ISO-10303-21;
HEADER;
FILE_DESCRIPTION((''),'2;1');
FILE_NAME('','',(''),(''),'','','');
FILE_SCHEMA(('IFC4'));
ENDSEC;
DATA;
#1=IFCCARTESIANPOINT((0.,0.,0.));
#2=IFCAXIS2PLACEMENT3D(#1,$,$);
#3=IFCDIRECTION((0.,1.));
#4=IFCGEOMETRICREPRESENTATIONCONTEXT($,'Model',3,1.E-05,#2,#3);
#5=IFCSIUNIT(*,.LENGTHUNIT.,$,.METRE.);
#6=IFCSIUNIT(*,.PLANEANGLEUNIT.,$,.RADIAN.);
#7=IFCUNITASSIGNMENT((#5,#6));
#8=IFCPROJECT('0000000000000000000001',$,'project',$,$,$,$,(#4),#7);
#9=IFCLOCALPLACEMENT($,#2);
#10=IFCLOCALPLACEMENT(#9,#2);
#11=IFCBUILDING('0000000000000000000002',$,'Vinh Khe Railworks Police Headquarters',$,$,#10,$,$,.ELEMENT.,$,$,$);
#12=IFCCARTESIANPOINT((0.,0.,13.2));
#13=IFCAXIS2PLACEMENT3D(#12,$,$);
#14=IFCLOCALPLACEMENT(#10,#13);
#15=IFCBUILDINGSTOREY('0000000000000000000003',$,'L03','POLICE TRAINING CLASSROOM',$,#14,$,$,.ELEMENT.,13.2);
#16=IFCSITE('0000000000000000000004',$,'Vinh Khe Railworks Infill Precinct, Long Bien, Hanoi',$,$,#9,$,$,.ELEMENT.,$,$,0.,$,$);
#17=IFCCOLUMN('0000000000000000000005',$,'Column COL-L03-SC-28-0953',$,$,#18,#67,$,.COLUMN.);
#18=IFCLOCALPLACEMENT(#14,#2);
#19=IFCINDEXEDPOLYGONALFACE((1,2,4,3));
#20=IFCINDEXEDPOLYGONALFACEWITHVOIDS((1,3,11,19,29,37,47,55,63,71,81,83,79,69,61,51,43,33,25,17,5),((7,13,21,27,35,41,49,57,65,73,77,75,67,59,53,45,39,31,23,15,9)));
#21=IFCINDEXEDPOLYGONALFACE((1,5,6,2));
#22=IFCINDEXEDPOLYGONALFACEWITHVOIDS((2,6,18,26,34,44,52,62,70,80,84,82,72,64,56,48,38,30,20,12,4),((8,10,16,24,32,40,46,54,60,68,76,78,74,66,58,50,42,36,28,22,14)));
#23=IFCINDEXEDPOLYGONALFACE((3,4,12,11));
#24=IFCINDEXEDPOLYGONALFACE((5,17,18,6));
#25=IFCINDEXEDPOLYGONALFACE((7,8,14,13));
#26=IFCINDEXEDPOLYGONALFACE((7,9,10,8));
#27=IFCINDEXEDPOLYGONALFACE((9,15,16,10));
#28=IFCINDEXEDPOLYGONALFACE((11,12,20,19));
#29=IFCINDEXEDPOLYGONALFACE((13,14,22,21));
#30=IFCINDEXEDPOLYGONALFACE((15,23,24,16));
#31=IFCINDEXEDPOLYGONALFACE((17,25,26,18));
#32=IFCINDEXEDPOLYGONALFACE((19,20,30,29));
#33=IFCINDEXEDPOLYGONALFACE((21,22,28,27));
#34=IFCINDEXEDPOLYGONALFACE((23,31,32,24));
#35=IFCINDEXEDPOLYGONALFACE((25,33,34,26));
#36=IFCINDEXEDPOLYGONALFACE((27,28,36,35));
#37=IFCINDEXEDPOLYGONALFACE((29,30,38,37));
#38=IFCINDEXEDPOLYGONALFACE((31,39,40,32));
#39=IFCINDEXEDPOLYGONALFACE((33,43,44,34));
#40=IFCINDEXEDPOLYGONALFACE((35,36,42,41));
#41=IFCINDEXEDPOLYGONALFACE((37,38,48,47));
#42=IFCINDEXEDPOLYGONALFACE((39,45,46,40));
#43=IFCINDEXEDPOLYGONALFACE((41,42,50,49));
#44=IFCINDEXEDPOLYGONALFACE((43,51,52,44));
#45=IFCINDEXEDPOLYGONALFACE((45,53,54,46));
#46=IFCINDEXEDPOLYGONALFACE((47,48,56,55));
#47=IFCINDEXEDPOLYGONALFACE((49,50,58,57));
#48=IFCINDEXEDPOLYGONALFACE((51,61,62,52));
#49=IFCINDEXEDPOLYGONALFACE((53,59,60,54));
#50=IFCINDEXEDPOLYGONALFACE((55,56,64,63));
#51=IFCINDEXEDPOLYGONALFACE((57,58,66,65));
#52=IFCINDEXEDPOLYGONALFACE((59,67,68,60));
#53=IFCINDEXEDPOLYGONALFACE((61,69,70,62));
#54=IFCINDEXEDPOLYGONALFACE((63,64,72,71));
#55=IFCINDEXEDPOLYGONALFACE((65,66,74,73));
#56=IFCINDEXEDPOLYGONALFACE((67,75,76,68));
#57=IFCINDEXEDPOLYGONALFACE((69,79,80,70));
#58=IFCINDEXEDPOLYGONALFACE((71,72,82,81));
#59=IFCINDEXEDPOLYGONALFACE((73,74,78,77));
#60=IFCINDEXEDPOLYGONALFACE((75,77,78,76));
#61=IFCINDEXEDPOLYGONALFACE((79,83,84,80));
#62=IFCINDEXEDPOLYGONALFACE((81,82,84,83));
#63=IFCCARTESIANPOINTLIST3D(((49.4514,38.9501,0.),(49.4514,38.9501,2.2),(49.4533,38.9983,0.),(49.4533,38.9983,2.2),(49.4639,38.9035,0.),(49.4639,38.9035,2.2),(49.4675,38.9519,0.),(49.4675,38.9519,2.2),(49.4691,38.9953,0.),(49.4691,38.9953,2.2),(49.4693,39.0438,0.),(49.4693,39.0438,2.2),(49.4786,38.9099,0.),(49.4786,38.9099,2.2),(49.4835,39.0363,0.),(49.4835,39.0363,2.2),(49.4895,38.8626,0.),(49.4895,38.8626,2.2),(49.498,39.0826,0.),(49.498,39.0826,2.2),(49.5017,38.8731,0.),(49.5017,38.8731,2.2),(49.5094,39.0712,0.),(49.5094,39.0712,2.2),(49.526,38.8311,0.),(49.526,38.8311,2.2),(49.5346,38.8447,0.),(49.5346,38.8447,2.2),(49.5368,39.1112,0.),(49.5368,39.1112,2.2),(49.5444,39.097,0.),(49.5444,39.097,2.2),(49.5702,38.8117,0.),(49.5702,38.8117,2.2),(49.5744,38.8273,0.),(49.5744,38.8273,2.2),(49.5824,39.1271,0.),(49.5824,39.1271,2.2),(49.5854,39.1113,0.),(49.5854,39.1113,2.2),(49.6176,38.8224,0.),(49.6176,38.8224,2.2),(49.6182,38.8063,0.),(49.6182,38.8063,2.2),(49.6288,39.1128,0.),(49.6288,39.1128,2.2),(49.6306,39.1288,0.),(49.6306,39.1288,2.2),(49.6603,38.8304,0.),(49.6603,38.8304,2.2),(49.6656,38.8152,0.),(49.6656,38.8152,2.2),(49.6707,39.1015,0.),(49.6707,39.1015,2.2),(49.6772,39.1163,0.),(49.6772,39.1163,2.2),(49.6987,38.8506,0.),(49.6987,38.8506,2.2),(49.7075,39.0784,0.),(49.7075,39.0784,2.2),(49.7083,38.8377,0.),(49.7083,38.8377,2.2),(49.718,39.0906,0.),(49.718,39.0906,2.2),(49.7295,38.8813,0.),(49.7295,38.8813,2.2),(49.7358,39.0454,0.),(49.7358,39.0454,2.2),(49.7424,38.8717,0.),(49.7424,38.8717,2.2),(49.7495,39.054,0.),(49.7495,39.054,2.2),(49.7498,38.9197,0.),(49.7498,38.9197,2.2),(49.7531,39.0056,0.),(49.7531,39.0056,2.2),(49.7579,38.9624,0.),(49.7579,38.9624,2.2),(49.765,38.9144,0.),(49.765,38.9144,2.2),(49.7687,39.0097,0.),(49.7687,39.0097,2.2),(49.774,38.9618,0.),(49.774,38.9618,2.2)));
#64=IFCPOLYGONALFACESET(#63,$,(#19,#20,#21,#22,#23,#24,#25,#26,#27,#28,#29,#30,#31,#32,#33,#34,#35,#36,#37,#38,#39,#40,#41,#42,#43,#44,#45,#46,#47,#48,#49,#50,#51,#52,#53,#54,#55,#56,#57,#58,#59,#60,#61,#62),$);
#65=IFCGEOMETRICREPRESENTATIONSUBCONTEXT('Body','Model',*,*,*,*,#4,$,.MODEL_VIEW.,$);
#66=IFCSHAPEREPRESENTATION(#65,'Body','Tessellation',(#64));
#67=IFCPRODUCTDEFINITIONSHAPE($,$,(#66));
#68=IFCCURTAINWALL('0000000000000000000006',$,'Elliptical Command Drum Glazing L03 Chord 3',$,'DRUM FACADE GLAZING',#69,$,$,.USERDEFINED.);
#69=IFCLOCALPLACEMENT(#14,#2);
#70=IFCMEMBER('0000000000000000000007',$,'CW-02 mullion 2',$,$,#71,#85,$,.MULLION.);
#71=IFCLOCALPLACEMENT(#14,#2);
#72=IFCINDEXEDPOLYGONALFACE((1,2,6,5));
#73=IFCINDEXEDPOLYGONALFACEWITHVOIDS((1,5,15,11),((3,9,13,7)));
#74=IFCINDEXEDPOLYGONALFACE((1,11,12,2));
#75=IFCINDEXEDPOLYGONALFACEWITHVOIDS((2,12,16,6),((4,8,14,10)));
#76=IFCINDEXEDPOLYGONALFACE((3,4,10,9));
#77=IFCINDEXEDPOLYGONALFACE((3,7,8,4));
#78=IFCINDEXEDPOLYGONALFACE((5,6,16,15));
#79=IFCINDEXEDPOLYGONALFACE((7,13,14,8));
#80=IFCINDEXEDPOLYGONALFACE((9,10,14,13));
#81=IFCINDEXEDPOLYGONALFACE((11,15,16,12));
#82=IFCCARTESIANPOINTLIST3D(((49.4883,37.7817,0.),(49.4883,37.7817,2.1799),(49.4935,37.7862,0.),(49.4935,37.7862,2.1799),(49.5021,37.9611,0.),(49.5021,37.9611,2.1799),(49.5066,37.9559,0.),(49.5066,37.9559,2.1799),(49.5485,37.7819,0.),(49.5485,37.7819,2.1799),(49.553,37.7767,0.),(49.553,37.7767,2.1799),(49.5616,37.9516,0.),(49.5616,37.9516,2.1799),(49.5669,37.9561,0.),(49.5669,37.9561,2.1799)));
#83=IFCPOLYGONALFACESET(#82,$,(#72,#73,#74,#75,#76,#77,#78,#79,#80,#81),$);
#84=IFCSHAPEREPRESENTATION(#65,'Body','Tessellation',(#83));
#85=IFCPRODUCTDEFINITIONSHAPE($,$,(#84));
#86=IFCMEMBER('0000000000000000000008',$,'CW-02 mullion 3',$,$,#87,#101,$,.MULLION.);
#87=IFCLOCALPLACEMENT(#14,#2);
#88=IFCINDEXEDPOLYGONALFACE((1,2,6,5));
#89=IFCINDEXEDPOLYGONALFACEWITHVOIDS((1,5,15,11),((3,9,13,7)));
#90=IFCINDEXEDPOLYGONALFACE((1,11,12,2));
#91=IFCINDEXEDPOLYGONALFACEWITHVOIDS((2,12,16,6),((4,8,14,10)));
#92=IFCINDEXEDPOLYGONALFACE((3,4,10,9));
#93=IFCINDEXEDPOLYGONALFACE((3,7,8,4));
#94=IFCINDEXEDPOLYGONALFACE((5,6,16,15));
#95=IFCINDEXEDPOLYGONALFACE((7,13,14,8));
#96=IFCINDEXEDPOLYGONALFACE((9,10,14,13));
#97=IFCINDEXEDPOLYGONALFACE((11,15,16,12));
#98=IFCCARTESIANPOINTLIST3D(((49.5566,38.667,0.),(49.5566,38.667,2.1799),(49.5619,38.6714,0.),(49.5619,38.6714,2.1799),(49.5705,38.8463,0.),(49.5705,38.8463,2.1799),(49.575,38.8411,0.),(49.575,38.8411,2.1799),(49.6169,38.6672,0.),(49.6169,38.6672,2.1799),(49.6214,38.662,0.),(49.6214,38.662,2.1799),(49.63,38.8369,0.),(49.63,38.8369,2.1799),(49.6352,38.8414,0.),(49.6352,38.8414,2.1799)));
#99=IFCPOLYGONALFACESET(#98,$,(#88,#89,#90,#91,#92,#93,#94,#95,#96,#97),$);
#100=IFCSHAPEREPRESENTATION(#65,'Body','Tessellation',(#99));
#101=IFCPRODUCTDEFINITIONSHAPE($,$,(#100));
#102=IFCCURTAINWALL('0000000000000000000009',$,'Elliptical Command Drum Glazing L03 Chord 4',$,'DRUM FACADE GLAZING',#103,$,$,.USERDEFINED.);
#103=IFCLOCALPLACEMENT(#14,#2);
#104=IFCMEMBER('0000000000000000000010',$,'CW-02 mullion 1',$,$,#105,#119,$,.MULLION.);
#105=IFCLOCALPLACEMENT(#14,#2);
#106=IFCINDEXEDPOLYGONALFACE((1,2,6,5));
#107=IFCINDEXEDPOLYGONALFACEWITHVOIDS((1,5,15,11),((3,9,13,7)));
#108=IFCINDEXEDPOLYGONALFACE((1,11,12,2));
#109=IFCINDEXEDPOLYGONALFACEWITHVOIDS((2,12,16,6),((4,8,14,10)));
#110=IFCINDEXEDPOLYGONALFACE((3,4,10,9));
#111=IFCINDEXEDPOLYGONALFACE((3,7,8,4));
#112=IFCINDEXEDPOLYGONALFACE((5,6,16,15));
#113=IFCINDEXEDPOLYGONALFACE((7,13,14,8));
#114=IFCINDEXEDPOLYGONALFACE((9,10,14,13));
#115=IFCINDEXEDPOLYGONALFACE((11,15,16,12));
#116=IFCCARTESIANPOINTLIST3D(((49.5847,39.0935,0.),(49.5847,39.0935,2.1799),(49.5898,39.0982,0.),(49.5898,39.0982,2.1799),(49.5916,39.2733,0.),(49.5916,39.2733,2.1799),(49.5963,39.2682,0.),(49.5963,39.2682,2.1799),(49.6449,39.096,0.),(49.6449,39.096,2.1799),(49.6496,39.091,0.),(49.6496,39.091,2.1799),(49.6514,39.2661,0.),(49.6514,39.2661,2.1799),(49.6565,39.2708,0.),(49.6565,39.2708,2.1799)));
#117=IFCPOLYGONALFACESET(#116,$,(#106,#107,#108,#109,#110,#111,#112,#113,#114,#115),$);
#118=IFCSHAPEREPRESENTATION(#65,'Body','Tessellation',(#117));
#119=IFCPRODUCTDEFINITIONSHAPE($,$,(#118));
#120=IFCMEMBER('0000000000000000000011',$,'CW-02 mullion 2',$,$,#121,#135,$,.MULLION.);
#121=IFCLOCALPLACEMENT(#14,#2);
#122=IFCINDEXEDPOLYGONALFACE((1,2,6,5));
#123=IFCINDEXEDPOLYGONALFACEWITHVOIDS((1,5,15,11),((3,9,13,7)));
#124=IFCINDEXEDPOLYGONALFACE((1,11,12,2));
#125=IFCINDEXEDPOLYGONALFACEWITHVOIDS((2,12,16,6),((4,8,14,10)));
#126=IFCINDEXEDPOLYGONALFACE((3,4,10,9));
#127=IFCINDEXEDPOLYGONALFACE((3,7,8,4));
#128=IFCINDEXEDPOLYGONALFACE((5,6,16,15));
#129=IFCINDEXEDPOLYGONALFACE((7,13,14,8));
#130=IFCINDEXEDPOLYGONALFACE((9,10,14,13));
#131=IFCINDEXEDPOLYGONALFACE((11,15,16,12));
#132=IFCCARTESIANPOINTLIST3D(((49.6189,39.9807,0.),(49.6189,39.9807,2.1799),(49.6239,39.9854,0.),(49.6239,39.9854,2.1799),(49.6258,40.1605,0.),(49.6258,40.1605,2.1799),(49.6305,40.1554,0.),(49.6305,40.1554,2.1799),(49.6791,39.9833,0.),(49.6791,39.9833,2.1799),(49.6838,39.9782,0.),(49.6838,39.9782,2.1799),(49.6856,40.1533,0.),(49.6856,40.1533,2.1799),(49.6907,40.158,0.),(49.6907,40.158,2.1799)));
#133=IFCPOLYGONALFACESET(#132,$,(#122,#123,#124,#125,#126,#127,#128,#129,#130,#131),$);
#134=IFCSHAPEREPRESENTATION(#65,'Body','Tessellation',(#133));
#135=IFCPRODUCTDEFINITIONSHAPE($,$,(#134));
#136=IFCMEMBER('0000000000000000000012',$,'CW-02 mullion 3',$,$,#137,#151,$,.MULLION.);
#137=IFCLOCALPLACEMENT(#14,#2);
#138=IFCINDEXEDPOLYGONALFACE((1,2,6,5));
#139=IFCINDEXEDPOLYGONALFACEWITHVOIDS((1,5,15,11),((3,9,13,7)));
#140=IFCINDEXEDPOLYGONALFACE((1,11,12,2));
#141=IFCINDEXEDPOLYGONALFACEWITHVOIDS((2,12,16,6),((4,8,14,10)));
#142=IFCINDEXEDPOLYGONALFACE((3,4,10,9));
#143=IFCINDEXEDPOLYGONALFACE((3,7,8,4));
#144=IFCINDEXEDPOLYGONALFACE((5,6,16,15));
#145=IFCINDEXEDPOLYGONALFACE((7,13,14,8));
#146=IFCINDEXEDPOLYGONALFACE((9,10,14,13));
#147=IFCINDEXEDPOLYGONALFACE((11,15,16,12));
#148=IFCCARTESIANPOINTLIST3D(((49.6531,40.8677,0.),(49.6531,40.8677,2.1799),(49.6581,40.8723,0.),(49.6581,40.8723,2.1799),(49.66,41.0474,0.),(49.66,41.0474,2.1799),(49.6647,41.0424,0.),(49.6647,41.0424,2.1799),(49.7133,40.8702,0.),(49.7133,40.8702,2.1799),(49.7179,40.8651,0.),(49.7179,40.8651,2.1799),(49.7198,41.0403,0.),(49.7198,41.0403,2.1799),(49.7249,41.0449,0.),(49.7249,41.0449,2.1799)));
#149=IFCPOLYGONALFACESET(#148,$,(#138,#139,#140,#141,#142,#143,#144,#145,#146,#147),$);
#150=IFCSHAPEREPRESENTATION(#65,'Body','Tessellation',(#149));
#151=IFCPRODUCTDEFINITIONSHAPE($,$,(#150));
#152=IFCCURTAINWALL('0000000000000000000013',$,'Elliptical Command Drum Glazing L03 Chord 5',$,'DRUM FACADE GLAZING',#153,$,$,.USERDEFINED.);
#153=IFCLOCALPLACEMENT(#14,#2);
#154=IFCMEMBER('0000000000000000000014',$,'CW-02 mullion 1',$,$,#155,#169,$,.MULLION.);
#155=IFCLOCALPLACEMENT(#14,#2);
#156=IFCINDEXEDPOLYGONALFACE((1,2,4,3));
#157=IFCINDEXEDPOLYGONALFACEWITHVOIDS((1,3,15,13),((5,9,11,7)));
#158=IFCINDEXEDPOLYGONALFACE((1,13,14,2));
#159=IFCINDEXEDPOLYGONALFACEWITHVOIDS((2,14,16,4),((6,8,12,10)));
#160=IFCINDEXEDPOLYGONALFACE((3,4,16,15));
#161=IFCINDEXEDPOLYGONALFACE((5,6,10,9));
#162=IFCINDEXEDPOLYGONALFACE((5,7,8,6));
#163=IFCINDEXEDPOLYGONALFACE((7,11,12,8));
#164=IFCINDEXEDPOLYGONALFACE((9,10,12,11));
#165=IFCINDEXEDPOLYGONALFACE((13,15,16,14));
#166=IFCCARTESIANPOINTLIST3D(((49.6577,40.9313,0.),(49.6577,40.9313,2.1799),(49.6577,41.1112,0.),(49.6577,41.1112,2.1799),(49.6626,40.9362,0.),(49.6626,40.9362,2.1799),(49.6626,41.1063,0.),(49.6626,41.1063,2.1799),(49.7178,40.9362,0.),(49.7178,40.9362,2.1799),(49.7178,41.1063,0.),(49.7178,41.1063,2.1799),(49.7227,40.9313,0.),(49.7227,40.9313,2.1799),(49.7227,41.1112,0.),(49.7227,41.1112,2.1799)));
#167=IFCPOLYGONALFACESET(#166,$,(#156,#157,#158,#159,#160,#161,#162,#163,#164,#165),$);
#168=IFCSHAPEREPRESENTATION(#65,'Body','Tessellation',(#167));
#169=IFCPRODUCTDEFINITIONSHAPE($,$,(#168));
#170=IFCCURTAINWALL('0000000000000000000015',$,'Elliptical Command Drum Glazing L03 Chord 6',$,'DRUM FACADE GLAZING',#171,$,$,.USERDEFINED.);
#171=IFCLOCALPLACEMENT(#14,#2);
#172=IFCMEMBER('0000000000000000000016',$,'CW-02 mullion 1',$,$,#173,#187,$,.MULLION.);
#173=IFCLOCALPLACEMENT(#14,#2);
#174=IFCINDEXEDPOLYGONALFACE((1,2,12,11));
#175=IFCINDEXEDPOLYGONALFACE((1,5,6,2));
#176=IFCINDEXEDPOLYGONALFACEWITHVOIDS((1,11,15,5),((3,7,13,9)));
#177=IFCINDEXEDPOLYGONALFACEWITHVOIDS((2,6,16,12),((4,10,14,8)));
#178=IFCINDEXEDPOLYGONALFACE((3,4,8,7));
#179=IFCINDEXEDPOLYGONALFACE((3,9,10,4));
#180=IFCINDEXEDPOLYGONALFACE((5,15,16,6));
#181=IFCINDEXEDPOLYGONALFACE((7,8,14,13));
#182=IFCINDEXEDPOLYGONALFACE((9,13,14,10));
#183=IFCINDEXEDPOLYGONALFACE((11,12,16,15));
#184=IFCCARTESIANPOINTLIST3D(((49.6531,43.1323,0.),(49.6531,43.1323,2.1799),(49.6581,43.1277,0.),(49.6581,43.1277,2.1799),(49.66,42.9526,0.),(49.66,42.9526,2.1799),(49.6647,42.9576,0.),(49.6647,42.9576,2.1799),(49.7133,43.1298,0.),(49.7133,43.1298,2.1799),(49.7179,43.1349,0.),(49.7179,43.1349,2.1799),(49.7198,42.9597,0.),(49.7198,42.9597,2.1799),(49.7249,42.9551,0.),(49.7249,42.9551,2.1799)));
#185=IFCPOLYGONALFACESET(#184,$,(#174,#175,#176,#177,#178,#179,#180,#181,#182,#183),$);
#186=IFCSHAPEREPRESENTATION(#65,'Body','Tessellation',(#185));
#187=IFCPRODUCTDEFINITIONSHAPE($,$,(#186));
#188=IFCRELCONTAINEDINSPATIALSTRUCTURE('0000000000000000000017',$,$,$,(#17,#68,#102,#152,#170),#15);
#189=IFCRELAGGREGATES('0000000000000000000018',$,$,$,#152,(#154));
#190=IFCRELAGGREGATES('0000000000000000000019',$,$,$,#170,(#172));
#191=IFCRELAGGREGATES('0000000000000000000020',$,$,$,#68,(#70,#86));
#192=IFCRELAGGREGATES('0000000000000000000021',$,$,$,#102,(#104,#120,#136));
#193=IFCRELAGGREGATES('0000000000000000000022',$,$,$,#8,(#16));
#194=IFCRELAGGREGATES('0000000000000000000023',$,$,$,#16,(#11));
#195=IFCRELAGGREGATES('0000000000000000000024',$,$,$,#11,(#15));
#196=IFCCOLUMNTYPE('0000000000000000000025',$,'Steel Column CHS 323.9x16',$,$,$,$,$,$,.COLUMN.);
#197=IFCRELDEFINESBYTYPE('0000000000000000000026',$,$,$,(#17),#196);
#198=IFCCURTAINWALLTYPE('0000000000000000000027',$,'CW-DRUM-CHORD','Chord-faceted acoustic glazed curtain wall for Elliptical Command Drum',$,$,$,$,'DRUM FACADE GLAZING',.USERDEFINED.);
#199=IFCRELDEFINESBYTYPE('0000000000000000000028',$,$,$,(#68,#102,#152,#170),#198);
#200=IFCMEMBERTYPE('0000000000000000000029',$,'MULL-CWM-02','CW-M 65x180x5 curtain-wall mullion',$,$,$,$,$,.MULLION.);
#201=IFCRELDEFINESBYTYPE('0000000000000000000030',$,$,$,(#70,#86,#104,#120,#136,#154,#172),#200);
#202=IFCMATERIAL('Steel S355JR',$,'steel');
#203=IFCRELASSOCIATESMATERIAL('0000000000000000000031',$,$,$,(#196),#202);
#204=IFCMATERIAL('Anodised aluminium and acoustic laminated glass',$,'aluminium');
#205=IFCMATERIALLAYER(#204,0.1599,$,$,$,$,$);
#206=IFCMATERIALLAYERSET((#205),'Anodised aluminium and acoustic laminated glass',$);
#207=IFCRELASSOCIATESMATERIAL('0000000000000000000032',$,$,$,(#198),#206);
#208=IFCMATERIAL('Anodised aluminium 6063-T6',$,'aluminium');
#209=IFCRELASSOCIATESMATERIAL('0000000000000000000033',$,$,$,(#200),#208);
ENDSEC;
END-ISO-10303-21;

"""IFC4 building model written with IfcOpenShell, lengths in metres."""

from ifc_helpers import new_model, si_unit, direction, frame, origin, origin_2d, place, context, subcontext, project, spatial, hollow_rectangle, hollow_circle, extrude, material, layer, layer_set, material_profile, profile_set, type_object, element, aggregate, save


model = new_model("IFC4")

# Units and contexts
model_context = context("Model", 3, precision=1e-05, world=origin(), true_north=direction((0.0, 1.0)))
body_context = subcontext(model_context, "Body", "Model", "MODEL_VIEW")
ifc_project = project(units=[si_unit("LENGTHUNIT", "METRE"), si_unit("PLANEANGLEUNIT", "RADIAN")], contexts=[model_context])

# Site, building, storey
site_placement = place(None, origin())
site = spatial("IfcSite", under=ifc_project, at=site_placement, Name="Vinh Khe Railworks Infill Precinct, Long Bien, Hanoi", CompositionType="ELEMENT", RefElevation=0.0)
building_placement = place(site_placement, origin())
building = spatial("IfcBuilding", under=site, at=building_placement, Name="Vinh Khe Railworks Police Headquarters", CompositionType="ELEMENT")
storey_placement = place(building_placement, frame((0.0, 0.0, 13.2)))
storey = spatial("IfcBuildingStorey", under=building, at=storey_placement, Name="L03", Description="POLICE TRAINING CLASSROOM", CompositionType="ELEMENT", Elevation=13.2)

# Column
ifc_material_1 = material(Name="Steel S355JR", Category="steel")
ifc_material_profile_1 = material_profile(ifc_material_1, hollow_circle(Radius=0.1619, WallThickness=0.0161, at=origin_2d()), Name="CHS 323.9x16")
ifc_profile_set_1 = profile_set([ifc_material_profile_1], Name="Steel S355JR")
column_type = type_object("IfcColumnType", Name="Steel Column CHS 323.9x16", PredefinedType="COLUMN", material=ifc_profile_set_1)
column_placement = place(storey_placement, frame((49.6123, 38.968, 0.0), z_axis=(0.0, 0.0, 1.0), x_axis=(0.999256, -0.038562, 0.0)))
element("IfcColumn", 1, at=column_placement, inside=storey, type_object=column_type, Name="Column COL-L03-SC-28-0953", PredefinedType="COLUMN", context=body_context, shape_type="SweptSolid", body=[
    extrude(hollow_circle(Radius=0.1619, WallThickness=0.0161, at=origin_2d()), origin(), (0.0, 0.0, 1.0), 2.2),
])

# Curtain walls, members
ifc_material_2 = material(Name="Anodised aluminium and acoustic laminated glass", Category="aluminium")
ifc_layer_1 = layer(ifc_material_2, 0.1599)
ifc_layer_set_1 = layer_set([ifc_layer_1], Name="Anodised aluminium and acoustic laminated glass")
curtain_wall_type = type_object("IfcCurtainWallType", Name="CW-DRUM-CHORD", Description="Chord-faceted acoustic glazed curtain wall for Elliptical Command Drum", ElementType="DRUM FACADE GLAZING", PredefinedType="USERDEFINED", material=ifc_layer_set_1)
curtain_wall_1_placement = place(storey_placement, origin())
curtain_wall_1 = element("IfcCurtainWall", 2, at=curtain_wall_1_placement, inside=storey, type_object=curtain_wall_type, Name="Elliptical Command Drum Glazing L03 Chord 3", ObjectType="DRUM FACADE GLAZING", PredefinedType="USERDEFINED")
ifc_material_3 = material(Name="Anodised aluminium 6063-T6", Category="aluminium")
ifc_material_profile_2 = material_profile(ifc_material_3, hollow_rectangle(XDim=0.0649, YDim=0.1799, WallThickness=0.0049, at=origin_2d()), Name="CW-M 65x180x5")
ifc_profile_set_2 = profile_set([ifc_material_profile_2], Name="Anodised aluminium 6063-T6")
member_type_1 = type_object("IfcMemberType", Name="MULL-CWM-02", Description="CW-M 65x180x5 curtain-wall mullion", PredefinedType="MULLION", material=ifc_profile_set_2)
member_1_placement = place(storey_placement, frame((49.5276, 37.8689, 0.0), z_axis=(0.0, 0.0, 1.0), x_axis=(-0.997033, 0.076969, 0.0)))
member_1 = element("IfcMember", 3, at=member_1_placement, type_object=member_type_1, Name="CW-02 mullion 2", PredefinedType="MULLION", context=body_context, shape_type="SweptSolid", body=[
    extrude(hollow_rectangle(XDim=0.0649, YDim=0.1799, WallThickness=0.0049, at=origin_2d()), origin(), (0.0, 0.0, 1.0), 2.1799),
])
member_2_placement = place(storey_placement, frame((49.5959, 38.7542, 0.0), z_axis=(0.0, 0.0, 1.0), x_axis=(-0.997033, 0.076969, 0.0)))
member_2 = element("IfcMember", 4, at=member_2_placement, type_object=member_type_1, Name="CW-02 mullion 3", PredefinedType="MULLION", context=body_context, shape_type="SweptSolid", body=[
    extrude(hollow_rectangle(XDim=0.0649, YDim=0.1799, WallThickness=0.0049, at=origin_2d()), origin(), (0.0, 0.0, 1.0), 2.1799),
])
curtain_wall_2_placement = place(storey_placement, origin())
curtain_wall_2 = element("IfcCurtainWall", 5, at=curtain_wall_2_placement, inside=storey, type_object=curtain_wall_type, Name="Elliptical Command Drum Glazing L03 Chord 4", ObjectType="DRUM FACADE GLAZING", PredefinedType="USERDEFINED")
member_3_placement = place(storey_placement, frame((49.6206, 39.1821, 0.0), z_axis=(0.0, 0.0, 1.0), x_axis=(-0.999258, 0.038513, 0.0)))
member_3 = element("IfcMember", 6, at=member_3_placement, type_object=member_type_1, Name="CW-02 mullion 1", PredefinedType="MULLION", context=body_context, shape_type="SweptSolid", body=[
    extrude(hollow_rectangle(XDim=0.0649, YDim=0.1799, WallThickness=0.0049, at=origin_2d()), origin(), (0.0, 0.0, 1.0), 2.1799),
])
member_4_placement = place(storey_placement, frame((49.6548, 40.0693, 0.0), z_axis=(0.0, 0.0, 1.0), x_axis=(-0.999258, 0.038513, 0.0)))
member_4 = element("IfcMember", 7, at=member_4_placement, type_object=member_type_1, Name="CW-02 mullion 2", PredefinedType="MULLION", context=body_context, shape_type="SweptSolid", body=[
    extrude(hollow_rectangle(XDim=0.0649, YDim=0.1799, WallThickness=0.0049, at=origin_2d()), origin(), (0.0, 0.0, 1.0), 2.1799),
])
member_5_placement = place(storey_placement, frame((49.689, 40.9563, 0.0), z_axis=(0.0, 0.0, 1.0), x_axis=(-0.999258, 0.038513, 0.0)))
member_5 = element("IfcMember", 8, at=member_5_placement, type_object=member_type_1, Name="CW-02 mullion 3", PredefinedType="MULLION", context=body_context, shape_type="SweptSolid", body=[
    extrude(hollow_rectangle(XDim=0.0649, YDim=0.1799, WallThickness=0.0049, at=origin_2d()), origin(), (0.0, 0.0, 1.0), 2.1799),
])

# Curtain walls, members
curtain_wall_3_placement = place(storey_placement, origin())
curtain_wall_3 = element("IfcCurtainWall", 9, at=curtain_wall_3_placement, inside=storey, type_object=curtain_wall_type, Name="Elliptical Command Drum Glazing L03 Chord 5", ObjectType="DRUM FACADE GLAZING", PredefinedType="USERDEFINED")
member_6_placement = place(storey_placement, frame((49.6902, 41.0212, 0.0), z_axis=(0.0, 0.0, 1.0), x_axis=(-1.0, 0.0, 0.0)))
member_6 = element("IfcMember", 10, at=member_6_placement, type_object=member_type_1, Name="CW-02 mullion 1", PredefinedType="MULLION", context=body_context, shape_type="SweptSolid", body=[
    extrude(hollow_rectangle(XDim=0.0649, YDim=0.1799, WallThickness=0.0049, at=origin_2d()), origin(), (0.0, 0.0, 1.0), 2.1799),
])
curtain_wall_4_placement = place(storey_placement, origin())
curtain_wall_4 = element("IfcCurtainWall", 11, at=curtain_wall_4_placement, inside=storey, type_object=curtain_wall_type, Name="Elliptical Command Drum Glazing L03 Chord 6", ObjectType="DRUM FACADE GLAZING", PredefinedType="USERDEFINED")
member_7_placement = place(storey_placement, frame((49.689, 43.0437, 0.0), z_axis=(0.0, 0.0, 1.0), x_axis=(-0.999258, -0.038513, 0.0)))
member_7 = element("IfcMember", 12, at=member_7_placement, type_object=member_type_1, Name="CW-02 mullion 1", PredefinedType="MULLION", context=body_context, shape_type="SweptSolid", body=[
    extrude(hollow_rectangle(XDim=0.0649, YDim=0.1799, WallThickness=0.0049, at=origin_2d()), origin(), (0.0, 0.0, 1.0), 2.1799),
])

aggregate(curtain_wall_3, [member_6])
aggregate(curtain_wall_4, [member_7])

aggregate(curtain_wall_1, [member_1, member_2])
aggregate(curtain_wall_2, [member_3, member_4, member_5])

save(model, "model.ifc")
